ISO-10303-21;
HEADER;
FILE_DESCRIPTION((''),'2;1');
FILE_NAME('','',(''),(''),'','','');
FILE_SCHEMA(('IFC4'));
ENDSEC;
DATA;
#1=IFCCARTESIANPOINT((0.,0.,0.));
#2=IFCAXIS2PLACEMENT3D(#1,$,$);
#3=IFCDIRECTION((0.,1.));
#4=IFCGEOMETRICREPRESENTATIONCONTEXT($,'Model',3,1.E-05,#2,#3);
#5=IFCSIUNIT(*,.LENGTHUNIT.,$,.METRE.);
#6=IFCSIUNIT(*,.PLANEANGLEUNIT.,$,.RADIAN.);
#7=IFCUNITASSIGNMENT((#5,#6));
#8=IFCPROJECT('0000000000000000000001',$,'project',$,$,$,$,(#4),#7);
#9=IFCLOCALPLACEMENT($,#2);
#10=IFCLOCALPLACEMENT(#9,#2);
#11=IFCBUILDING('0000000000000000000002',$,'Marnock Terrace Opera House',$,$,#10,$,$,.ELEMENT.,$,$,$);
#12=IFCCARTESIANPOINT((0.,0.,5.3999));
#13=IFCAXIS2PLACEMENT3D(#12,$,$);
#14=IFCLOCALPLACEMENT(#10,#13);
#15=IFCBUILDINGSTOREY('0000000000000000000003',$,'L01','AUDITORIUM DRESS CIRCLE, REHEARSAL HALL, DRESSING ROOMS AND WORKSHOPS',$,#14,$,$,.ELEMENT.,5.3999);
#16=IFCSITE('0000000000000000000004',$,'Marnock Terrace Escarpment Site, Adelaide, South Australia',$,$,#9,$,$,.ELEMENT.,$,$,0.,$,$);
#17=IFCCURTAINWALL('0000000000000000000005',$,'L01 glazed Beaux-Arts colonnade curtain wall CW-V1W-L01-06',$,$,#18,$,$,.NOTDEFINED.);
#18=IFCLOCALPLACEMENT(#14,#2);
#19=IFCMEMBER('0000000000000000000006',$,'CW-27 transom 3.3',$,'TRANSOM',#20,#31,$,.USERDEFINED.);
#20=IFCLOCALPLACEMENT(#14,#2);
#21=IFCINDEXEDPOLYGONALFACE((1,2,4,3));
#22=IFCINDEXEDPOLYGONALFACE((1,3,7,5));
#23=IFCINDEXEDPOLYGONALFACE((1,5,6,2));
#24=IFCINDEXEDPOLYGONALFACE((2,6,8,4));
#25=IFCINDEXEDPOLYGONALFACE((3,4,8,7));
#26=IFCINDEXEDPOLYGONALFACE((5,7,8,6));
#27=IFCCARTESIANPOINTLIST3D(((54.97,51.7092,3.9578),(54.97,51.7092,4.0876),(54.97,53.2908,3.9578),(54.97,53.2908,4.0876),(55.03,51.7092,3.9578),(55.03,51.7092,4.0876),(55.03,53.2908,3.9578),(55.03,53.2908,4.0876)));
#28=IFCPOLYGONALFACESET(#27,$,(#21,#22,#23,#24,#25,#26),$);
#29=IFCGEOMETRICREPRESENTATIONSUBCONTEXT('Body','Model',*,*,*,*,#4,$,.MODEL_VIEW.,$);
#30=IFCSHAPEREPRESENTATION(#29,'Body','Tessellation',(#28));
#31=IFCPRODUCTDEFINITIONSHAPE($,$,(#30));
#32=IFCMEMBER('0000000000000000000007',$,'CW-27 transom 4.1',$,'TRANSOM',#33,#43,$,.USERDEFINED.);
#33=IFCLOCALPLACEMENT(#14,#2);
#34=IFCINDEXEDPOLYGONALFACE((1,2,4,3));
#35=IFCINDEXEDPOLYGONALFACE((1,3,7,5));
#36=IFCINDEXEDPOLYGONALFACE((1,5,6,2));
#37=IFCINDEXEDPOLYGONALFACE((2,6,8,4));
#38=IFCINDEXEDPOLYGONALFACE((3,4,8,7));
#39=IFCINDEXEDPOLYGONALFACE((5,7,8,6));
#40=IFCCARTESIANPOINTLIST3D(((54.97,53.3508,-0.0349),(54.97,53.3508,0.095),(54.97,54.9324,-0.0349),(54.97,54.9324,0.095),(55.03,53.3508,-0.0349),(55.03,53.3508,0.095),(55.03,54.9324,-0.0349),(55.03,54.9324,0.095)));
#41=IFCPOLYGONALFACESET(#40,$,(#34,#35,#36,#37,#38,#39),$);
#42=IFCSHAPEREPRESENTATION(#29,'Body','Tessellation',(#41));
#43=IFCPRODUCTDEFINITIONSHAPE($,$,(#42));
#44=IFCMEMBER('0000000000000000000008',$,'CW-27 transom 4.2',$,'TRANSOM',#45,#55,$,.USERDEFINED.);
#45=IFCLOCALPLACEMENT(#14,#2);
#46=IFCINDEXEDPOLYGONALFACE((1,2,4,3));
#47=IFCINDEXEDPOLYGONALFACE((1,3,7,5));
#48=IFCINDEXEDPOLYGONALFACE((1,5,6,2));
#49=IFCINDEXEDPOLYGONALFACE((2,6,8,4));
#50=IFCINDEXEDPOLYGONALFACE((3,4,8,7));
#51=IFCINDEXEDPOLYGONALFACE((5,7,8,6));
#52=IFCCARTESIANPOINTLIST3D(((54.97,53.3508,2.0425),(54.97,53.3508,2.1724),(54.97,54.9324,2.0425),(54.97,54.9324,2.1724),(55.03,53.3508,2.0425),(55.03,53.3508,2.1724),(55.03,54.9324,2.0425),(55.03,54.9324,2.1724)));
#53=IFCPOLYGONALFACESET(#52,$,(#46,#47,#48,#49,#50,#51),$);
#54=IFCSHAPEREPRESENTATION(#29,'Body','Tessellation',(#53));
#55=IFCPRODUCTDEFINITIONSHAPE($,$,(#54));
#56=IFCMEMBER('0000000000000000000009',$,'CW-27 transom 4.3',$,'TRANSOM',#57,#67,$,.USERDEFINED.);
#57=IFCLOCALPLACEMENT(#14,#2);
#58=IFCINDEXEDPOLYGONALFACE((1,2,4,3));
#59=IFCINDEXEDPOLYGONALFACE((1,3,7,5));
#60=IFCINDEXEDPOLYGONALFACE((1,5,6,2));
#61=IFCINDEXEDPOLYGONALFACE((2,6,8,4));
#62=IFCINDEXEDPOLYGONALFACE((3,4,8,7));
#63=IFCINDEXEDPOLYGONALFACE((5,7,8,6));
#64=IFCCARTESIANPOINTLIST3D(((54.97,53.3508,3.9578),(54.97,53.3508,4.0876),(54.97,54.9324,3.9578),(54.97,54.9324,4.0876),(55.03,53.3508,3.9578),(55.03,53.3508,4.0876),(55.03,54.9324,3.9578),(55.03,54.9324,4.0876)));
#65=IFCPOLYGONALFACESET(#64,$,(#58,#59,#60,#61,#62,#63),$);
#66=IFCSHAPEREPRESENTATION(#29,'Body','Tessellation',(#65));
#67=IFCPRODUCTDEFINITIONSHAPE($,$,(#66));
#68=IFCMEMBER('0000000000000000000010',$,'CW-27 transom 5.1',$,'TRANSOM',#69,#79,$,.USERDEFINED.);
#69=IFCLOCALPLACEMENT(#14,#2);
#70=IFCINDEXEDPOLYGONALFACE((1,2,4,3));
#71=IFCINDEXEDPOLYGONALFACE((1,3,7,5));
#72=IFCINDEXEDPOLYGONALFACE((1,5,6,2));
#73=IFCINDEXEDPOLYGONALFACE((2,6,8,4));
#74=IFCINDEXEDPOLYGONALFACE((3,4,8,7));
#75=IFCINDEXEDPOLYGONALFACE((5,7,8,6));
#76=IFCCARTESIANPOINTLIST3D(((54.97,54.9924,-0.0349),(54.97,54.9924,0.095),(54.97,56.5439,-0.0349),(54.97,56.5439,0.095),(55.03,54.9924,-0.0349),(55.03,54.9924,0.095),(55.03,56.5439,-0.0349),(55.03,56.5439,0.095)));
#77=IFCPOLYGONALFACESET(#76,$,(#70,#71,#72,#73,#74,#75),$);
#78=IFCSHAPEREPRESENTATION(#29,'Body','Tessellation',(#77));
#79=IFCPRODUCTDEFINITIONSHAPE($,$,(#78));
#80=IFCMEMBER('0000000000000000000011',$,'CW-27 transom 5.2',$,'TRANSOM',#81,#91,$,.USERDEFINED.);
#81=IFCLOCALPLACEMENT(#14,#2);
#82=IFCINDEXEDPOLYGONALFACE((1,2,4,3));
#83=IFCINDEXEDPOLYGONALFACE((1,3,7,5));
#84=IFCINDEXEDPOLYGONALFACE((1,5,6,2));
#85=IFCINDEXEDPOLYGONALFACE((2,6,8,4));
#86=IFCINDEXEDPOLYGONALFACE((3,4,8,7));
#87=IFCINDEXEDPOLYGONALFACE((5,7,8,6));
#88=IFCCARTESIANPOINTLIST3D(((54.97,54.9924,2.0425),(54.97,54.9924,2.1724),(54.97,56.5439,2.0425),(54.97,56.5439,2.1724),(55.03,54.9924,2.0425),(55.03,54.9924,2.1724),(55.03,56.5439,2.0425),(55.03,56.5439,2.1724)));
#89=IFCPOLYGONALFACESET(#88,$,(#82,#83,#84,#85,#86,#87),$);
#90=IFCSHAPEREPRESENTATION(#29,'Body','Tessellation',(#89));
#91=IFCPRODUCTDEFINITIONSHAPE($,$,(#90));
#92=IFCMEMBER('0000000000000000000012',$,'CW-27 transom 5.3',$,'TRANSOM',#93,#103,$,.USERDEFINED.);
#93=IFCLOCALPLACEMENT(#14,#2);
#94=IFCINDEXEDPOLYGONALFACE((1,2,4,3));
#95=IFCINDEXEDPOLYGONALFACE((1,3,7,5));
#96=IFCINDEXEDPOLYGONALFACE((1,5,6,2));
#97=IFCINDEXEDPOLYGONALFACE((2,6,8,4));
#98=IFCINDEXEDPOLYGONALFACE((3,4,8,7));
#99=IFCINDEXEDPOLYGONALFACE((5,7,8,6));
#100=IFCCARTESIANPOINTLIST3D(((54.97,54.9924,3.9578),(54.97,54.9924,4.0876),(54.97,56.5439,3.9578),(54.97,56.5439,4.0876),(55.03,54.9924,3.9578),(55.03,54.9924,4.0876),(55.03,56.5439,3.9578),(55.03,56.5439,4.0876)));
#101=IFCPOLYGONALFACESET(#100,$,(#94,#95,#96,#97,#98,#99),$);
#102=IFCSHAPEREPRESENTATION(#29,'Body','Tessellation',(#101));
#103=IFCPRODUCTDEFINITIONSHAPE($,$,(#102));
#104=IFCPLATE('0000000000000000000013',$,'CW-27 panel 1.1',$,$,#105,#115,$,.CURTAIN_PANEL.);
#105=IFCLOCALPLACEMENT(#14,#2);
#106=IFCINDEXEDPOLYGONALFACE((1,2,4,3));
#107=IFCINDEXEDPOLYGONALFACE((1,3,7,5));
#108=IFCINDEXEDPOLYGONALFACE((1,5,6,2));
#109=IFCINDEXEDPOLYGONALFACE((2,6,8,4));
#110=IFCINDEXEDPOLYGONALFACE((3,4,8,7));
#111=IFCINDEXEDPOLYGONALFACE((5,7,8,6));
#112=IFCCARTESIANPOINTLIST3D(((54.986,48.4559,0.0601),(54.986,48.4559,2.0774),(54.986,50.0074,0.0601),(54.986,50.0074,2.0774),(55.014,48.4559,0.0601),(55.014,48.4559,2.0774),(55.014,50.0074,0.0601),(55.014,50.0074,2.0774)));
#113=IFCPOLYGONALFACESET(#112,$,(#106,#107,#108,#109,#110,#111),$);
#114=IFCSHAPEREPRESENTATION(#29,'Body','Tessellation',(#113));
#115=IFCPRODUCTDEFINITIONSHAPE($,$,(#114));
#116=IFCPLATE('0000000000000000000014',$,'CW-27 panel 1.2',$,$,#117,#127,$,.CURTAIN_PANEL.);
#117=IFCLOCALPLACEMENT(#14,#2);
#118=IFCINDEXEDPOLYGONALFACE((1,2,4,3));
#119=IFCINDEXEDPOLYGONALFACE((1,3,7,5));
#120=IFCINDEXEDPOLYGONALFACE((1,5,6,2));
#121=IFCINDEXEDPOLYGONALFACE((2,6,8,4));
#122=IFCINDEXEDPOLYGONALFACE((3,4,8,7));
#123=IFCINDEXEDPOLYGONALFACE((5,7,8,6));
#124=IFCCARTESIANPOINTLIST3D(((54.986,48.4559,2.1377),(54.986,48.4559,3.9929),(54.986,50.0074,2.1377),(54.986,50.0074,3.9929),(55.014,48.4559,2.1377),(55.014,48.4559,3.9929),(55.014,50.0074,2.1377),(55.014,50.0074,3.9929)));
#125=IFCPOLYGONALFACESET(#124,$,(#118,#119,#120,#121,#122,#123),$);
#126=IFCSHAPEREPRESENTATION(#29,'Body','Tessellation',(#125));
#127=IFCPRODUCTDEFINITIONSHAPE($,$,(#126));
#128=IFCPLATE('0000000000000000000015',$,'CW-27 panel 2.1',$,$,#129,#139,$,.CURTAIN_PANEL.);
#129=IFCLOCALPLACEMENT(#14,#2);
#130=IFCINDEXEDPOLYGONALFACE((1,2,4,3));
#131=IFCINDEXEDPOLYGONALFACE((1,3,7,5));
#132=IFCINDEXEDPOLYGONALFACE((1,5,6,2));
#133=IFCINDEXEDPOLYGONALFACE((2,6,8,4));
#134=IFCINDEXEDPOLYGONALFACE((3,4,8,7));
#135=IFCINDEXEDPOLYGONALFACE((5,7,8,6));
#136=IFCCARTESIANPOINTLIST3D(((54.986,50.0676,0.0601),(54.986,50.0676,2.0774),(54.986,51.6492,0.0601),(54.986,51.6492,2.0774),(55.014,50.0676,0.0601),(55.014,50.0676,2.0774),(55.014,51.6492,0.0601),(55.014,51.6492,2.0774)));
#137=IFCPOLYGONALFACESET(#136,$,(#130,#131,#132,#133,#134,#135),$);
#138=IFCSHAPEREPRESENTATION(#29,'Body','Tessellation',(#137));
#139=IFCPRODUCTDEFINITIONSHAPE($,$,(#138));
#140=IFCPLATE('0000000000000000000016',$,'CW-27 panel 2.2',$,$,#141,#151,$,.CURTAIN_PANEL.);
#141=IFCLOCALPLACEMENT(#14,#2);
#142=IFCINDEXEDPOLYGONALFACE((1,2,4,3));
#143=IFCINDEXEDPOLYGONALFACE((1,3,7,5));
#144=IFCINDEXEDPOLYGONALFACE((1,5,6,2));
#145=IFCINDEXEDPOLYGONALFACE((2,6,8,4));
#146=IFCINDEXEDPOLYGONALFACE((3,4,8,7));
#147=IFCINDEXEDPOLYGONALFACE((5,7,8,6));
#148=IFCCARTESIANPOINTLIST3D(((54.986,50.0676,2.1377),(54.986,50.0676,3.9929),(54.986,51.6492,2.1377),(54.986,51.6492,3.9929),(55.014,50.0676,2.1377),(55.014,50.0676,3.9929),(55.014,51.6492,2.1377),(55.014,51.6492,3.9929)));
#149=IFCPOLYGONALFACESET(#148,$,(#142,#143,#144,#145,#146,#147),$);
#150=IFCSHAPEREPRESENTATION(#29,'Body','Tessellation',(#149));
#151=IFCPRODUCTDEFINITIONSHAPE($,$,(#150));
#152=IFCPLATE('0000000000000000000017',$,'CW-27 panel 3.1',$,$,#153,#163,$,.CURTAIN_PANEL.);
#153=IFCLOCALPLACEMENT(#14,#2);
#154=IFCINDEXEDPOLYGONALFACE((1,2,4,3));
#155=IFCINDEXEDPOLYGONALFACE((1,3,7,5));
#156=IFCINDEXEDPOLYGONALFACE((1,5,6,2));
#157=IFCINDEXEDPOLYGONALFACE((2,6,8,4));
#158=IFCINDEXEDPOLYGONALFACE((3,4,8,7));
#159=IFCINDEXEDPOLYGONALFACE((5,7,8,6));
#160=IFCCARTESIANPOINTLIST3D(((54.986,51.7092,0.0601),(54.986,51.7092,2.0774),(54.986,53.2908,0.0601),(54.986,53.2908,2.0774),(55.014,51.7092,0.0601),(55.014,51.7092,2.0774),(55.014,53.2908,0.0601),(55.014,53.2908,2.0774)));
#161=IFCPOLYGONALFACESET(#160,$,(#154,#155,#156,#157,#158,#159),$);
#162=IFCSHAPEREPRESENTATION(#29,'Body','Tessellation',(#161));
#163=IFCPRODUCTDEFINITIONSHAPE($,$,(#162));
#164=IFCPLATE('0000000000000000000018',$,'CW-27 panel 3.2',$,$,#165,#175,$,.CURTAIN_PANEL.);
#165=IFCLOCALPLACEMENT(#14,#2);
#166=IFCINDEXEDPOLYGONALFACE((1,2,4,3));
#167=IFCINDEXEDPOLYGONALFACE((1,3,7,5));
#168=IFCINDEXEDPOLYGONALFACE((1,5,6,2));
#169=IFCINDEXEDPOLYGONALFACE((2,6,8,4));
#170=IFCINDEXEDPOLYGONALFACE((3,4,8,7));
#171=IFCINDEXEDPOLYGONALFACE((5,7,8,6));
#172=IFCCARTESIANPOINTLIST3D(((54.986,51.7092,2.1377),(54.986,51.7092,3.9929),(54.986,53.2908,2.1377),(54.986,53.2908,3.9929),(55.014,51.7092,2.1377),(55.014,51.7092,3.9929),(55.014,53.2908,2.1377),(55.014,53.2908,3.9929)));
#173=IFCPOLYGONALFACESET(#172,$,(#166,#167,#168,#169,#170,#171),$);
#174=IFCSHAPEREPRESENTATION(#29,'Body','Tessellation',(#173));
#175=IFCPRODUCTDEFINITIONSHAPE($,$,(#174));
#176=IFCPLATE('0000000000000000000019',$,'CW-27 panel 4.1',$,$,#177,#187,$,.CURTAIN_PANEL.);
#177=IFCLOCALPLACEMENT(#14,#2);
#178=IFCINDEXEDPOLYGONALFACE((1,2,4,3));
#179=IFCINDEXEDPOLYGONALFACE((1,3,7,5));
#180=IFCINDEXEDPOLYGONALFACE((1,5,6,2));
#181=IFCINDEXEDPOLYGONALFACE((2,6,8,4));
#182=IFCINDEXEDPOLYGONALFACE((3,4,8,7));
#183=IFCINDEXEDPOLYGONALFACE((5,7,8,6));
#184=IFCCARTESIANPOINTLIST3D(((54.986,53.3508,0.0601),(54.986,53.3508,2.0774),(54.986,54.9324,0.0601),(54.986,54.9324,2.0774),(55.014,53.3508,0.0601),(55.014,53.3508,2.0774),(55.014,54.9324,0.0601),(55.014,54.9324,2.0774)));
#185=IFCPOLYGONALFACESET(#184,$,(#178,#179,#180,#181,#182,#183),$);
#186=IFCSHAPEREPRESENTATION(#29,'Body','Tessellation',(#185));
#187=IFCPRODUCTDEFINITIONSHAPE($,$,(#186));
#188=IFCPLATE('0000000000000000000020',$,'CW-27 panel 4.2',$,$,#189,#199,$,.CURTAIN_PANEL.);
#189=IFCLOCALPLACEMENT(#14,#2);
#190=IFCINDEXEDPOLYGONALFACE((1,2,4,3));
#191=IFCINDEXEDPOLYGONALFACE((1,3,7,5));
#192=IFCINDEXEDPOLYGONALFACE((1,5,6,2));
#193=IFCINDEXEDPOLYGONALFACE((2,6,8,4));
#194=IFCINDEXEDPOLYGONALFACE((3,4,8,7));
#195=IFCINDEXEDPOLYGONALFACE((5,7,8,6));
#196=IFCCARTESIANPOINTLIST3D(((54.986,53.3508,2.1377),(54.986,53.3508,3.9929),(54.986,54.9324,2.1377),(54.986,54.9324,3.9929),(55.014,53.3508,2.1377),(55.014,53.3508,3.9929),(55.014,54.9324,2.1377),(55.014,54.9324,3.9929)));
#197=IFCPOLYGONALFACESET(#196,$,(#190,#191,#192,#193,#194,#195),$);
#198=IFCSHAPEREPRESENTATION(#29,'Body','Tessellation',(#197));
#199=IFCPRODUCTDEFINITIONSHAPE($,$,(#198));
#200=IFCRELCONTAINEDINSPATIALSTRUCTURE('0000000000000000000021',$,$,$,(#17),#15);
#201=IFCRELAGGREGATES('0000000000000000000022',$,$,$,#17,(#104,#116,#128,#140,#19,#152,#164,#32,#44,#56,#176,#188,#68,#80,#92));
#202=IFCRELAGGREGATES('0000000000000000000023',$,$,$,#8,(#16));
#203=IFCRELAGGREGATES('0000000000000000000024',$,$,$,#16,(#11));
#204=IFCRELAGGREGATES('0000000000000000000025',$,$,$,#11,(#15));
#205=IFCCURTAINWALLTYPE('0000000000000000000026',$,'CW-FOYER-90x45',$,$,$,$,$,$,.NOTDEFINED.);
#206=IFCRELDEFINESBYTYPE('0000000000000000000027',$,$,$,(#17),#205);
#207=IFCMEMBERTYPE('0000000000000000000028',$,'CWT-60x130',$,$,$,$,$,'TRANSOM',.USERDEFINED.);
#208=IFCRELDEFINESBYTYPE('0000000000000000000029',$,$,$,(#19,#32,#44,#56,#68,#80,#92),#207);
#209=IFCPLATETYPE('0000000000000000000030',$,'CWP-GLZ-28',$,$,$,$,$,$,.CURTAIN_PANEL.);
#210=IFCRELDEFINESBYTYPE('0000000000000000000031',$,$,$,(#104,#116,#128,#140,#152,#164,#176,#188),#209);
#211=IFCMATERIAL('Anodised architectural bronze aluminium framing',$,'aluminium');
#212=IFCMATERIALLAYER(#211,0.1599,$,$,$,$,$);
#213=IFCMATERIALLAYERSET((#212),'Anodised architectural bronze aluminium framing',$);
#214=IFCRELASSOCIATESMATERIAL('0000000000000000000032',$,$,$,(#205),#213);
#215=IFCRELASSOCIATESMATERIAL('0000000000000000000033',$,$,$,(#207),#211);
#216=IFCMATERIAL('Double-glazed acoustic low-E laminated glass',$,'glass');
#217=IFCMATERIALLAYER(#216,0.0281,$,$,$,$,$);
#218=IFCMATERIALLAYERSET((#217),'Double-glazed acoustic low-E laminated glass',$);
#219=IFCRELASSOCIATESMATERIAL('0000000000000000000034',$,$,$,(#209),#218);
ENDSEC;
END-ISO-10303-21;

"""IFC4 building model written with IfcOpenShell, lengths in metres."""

from ifc_helpers import new_model, si_unit, direction, frame, origin, origin_2d, place, context, subcontext, project, spatial, rectangle, extrude, material, layer, layer_set, material_profile, profile_set, type_object, element, aggregate, save


model = new_model("IFC4")

# Units and contexts
model_context = context("Model", 3, precision=1e-05, world=origin(), true_north=direction((0.0, 1.0)))
body_context = subcontext(model_context, "Body", "Model", "MODEL_VIEW")
ifc_project = project(units=[si_unit("LENGTHUNIT", "METRE"), si_unit("PLANEANGLEUNIT", "RADIAN")], contexts=[model_context])

# Site, building, storey
site_placement = place(None, origin())
site = spatial("IfcSite", under=ifc_project, at=site_placement, Name="Marnock Terrace Escarpment Site, Adelaide, South Australia", CompositionType="ELEMENT", RefElevation=0.0)
building_placement = place(site_placement, origin())
building = spatial("IfcBuilding", under=site, at=building_placement, Name="Marnock Terrace Opera House", CompositionType="ELEMENT")
storey_placement = place(building_placement, frame((0.0, 0.0, 5.3999)))
storey = spatial("IfcBuildingStorey", under=building, at=storey_placement, Name="L01", Description="AUDITORIUM DRESS CIRCLE, REHEARSAL HALL, DRESSING ROOMS AND WORKSHOPS", CompositionType="ELEMENT", Elevation=5.3999)

# Curtain wall, members, plates
ifc_material_1 = material(Name="Anodised architectural bronze aluminium framing", Category="aluminium")
ifc_layer_1 = layer(ifc_material_1, 0.1599)
ifc_layer_set_1 = layer_set([ifc_layer_1], Name="Anodised architectural bronze aluminium framing")
curtain_wall_type = type_object("IfcCurtainWallType", Name="CW-FOYER-90x45", PredefinedType="NOTDEFINED", material=ifc_layer_set_1)
curtain_wall_placement = place(storey_placement, origin())
curtain_wall = element("IfcCurtainWall", 1, at=curtain_wall_placement, inside=storey, type_object=curtain_wall_type, Name="L01 glazed Beaux-Arts colonnade curtain wall CW-V1W-L01-06", PredefinedType="NOTDEFINED")
ifc_material_profile_1 = material_profile(ifc_material_1, rectangle(XDim=0.0601, YDim=0.1299, at=origin_2d()))
ifc_profile_set_1 = profile_set([ifc_material_profile_1], Name="Anodised architectural bronze aluminium framing")
member_type_1 = type_object("IfcMemberType", Name="CWT-60x130", ElementType="TRANSOM", PredefinedType="USERDEFINED", material=ifc_profile_set_1)
member_1_placement = place(storey_placement, frame((55.0, 51.7092, 4.0227), z_axis=(0.0, 1.0, 0.0), x_axis=(-1.0, 0.0, 0.0)))
member_1 = element("IfcMember", 2, at=member_1_placement, type_object=member_type_1, Name="CW-27 transom 3.3", ObjectType="TRANSOM", PredefinedType="USERDEFINED", context=body_context, shape_type="SweptSolid", body=[
    extrude(rectangle(XDim=0.0601, YDim=0.1299, at=origin_2d()), origin(), (0.0, 0.0, 1.0), 1.5815),
])
member_2_placement = place(storey_placement, frame((55.0, 53.3508, 0.03), z_axis=(0.0, 1.0, 0.0), x_axis=(-1.0, 0.0, 0.0)))
member_2 = element("IfcMember", 3, at=member_2_placement, type_object=member_type_1, Name="CW-27 transom 4.1", ObjectType="TRANSOM", PredefinedType="USERDEFINED", context=body_context, shape_type="SweptSolid", body=[
    extrude(rectangle(XDim=0.0601, YDim=0.1299, at=origin_2d()), origin(), (0.0, 0.0, 1.0), 1.5815),
])
member_3_placement = place(storey_placement, frame((55.0, 53.3508, 2.1074), z_axis=(0.0, 1.0, 0.0), x_axis=(-1.0, 0.0, 0.0)))
member_3 = element("IfcMember", 4, at=member_3_placement, type_object=member_type_1, Name="CW-27 transom 4.2", ObjectType="TRANSOM", PredefinedType="USERDEFINED", context=body_context, shape_type="SweptSolid", body=[
    extrude(rectangle(XDim=0.0601, YDim=0.1299, at=origin_2d()), origin(), (0.0, 0.0, 1.0), 1.5815),
])
member_4_placement = place(storey_placement, frame((55.0, 53.3508, 4.0227), z_axis=(0.0, 1.0, 0.0), x_axis=(-1.0, 0.0, 0.0)))
member_4 = element("IfcMember", 5, at=member_4_placement, type_object=member_type_1, Name="CW-27 transom 4.3", ObjectType="TRANSOM", PredefinedType="USERDEFINED", context=body_context, shape_type="SweptSolid", body=[
    extrude(rectangle(XDim=0.0601, YDim=0.1299, at=origin_2d()), origin(), (0.0, 0.0, 1.0), 1.5815),
])
member_5_placement = place(storey_placement, frame((55.0, 54.9924, 0.03), z_axis=(0.0, 1.0, 0.0), x_axis=(-1.0, 0.0, 0.0)))
member_5 = element("IfcMember", 6, at=member_5_placement, type_object=member_type_1, Name="CW-27 transom 5.1", ObjectType="TRANSOM", PredefinedType="USERDEFINED", context=body_context, shape_type="SweptSolid", body=[
    extrude(rectangle(XDim=0.0601, YDim=0.1299, at=origin_2d()), origin(), (0.0, 0.0, 1.0), 1.5515),
])
member_6_placement = place(storey_placement, frame((55.0, 54.9924, 2.1074), z_axis=(0.0, 1.0, 0.0), x_axis=(-1.0, 0.0, 0.0)))
member_6 = element("IfcMember", 7, at=member_6_placement, type_object=member_type_1, Name="CW-27 transom 5.2", ObjectType="TRANSOM", PredefinedType="USERDEFINED", context=body_context, shape_type="SweptSolid", body=[
    extrude(rectangle(XDim=0.0601, YDim=0.1299, at=origin_2d()), origin(), (0.0, 0.0, 1.0), 1.5515),
])
member_7_placement = place(storey_placement, frame((55.0, 54.9924, 4.0227), z_axis=(0.0, 1.0, 0.0), x_axis=(-1.0, 0.0, 0.0)))
member_7 = element("IfcMember", 8, at=member_7_placement, type_object=member_type_1, Name="CW-27 transom 5.3", ObjectType="TRANSOM", PredefinedType="USERDEFINED", context=body_context, shape_type="SweptSolid", body=[
    extrude(rectangle(XDim=0.0601, YDim=0.1299, at=origin_2d()), origin(), (0.0, 0.0, 1.0), 1.5515),
])
ifc_material_2 = material(Name="Double-glazed acoustic low-E laminated glass", Category="glass")
ifc_layer_2 = layer(ifc_material_2, 0.0281)
ifc_layer_set_2 = layer_set([ifc_layer_2], Name="Double-glazed acoustic low-E laminated glass")
plate_type = type_object("IfcPlateType", Name="CWP-GLZ-28", PredefinedType="CURTAIN_PANEL", material=ifc_layer_set_2)
plate_1_placement = place(storey_placement, frame((55.0, 49.2317, 0.0601), z_axis=(0.0, 0.0, 1.0), x_axis=(0.0, 1.0, 0.0)))
plate_1 = element("IfcPlate", 9, at=plate_1_placement, type_object=plate_type, Name="CW-27 panel 1.1", PredefinedType="CURTAIN_PANEL", context=body_context, shape_type="SweptSolid", body=[
    extrude(rectangle(XDim=1.5515, YDim=0.0281, at=origin_2d()), origin(), (0.0, 0.0, 1.0), 2.0173),
])
plate_2_placement = place(storey_placement, frame((55.0, 49.2317, 2.1377), z_axis=(0.0, 0.0, 1.0), x_axis=(0.0, 1.0, 0.0)))
plate_2 = element("IfcPlate", 10, at=plate_2_placement, type_object=plate_type, Name="CW-27 panel 1.2", PredefinedType="CURTAIN_PANEL", context=body_context, shape_type="SweptSolid", body=[
    extrude(rectangle(XDim=1.5515, YDim=0.0281, at=origin_2d()), origin(), (0.0, 0.0, 1.0), 1.8552),
])
plate_3_placement = place(storey_placement, frame((55.0, 50.8584, 0.0601), z_axis=(0.0, 0.0, 1.0), x_axis=(0.0, 1.0, 0.0)))
plate_3 = element("IfcPlate", 11, at=plate_3_placement, type_object=plate_type, Name="CW-27 panel 2.1", PredefinedType="CURTAIN_PANEL", context=body_context, shape_type="SweptSolid", body=[
    extrude(rectangle(XDim=1.5815, YDim=0.0281, at=origin_2d()), origin(), (0.0, 0.0, 1.0), 2.0173),
])
plate_4_placement = place(storey_placement, frame((55.0, 50.8584, 2.1377), z_axis=(0.0, 0.0, 1.0), x_axis=(0.0, 1.0, 0.0)))
plate_4 = element("IfcPlate", 12, at=plate_4_placement, type_object=plate_type, Name="CW-27 panel 2.2", PredefinedType="CURTAIN_PANEL", context=body_context, shape_type="SweptSolid", body=[
    extrude(rectangle(XDim=1.5815, YDim=0.0281, at=origin_2d()), origin(), (0.0, 0.0, 1.0), 1.8552),
])
plate_5_placement = place(storey_placement, frame((55.0, 52.5, 0.0601), z_axis=(0.0, 0.0, 1.0), x_axis=(0.0, 1.0, 0.0)))
plate_5 = element("IfcPlate", 13, at=plate_5_placement, type_object=plate_type, Name="CW-27 panel 3.1", PredefinedType="CURTAIN_PANEL", context=body_context, shape_type="SweptSolid", body=[
    extrude(rectangle(XDim=1.5815, YDim=0.0281, at=origin_2d()), origin(), (0.0, 0.0, 1.0), 2.0173),
])
plate_6_placement = place(storey_placement, frame((55.0, 52.5, 2.1377), z_axis=(0.0, 0.0, 1.0), x_axis=(0.0, 1.0, 0.0)))
plate_6 = element("IfcPlate", 14, at=plate_6_placement, type_object=plate_type, Name="CW-27 panel 3.2", PredefinedType="CURTAIN_PANEL", context=body_context, shape_type="SweptSolid", body=[
    extrude(rectangle(XDim=1.5815, YDim=0.0281, at=origin_2d()), origin(), (0.0, 0.0, 1.0), 1.8552),
])
plate_7_placement = place(storey_placement, frame((55.0, 54.1416, 0.0601), z_axis=(0.0, 0.0, 1.0), x_axis=(0.0, 1.0, 0.0)))
plate_7 = element("IfcPlate", 15, at=plate_7_placement, type_object=plate_type, Name="CW-27 panel 4.1", PredefinedType="CURTAIN_PANEL", context=body_context, shape_type="SweptSolid", body=[
    extrude(rectangle(XDim=1.5815, YDim=0.0281, at=origin_2d()), origin(), (0.0, 0.0, 1.0), 2.0173),
])
plate_8_placement = place(storey_placement, frame((55.0, 54.1416, 2.1377), z_axis=(0.0, 0.0, 1.0), x_axis=(0.0, 1.0, 0.0)))
plate_8 = element("IfcPlate", 16, at=plate_8_placement, type_object=plate_type, Name="CW-27 panel 4.2", PredefinedType="CURTAIN_PANEL", context=body_context, shape_type="SweptSolid", body=[
    extrude(rectangle(XDim=1.5815, YDim=0.0281, at=origin_2d()), origin(), (0.0, 0.0, 1.0), 1.8552),
])
aggregate(curtain_wall, [plate_1, plate_2, plate_3, plate_4, member_1, plate_5, plate_6, member_2, member_3, member_4, plate_7, plate_8, member_5, member_6, member_7])

save(model, "model.ifc")
